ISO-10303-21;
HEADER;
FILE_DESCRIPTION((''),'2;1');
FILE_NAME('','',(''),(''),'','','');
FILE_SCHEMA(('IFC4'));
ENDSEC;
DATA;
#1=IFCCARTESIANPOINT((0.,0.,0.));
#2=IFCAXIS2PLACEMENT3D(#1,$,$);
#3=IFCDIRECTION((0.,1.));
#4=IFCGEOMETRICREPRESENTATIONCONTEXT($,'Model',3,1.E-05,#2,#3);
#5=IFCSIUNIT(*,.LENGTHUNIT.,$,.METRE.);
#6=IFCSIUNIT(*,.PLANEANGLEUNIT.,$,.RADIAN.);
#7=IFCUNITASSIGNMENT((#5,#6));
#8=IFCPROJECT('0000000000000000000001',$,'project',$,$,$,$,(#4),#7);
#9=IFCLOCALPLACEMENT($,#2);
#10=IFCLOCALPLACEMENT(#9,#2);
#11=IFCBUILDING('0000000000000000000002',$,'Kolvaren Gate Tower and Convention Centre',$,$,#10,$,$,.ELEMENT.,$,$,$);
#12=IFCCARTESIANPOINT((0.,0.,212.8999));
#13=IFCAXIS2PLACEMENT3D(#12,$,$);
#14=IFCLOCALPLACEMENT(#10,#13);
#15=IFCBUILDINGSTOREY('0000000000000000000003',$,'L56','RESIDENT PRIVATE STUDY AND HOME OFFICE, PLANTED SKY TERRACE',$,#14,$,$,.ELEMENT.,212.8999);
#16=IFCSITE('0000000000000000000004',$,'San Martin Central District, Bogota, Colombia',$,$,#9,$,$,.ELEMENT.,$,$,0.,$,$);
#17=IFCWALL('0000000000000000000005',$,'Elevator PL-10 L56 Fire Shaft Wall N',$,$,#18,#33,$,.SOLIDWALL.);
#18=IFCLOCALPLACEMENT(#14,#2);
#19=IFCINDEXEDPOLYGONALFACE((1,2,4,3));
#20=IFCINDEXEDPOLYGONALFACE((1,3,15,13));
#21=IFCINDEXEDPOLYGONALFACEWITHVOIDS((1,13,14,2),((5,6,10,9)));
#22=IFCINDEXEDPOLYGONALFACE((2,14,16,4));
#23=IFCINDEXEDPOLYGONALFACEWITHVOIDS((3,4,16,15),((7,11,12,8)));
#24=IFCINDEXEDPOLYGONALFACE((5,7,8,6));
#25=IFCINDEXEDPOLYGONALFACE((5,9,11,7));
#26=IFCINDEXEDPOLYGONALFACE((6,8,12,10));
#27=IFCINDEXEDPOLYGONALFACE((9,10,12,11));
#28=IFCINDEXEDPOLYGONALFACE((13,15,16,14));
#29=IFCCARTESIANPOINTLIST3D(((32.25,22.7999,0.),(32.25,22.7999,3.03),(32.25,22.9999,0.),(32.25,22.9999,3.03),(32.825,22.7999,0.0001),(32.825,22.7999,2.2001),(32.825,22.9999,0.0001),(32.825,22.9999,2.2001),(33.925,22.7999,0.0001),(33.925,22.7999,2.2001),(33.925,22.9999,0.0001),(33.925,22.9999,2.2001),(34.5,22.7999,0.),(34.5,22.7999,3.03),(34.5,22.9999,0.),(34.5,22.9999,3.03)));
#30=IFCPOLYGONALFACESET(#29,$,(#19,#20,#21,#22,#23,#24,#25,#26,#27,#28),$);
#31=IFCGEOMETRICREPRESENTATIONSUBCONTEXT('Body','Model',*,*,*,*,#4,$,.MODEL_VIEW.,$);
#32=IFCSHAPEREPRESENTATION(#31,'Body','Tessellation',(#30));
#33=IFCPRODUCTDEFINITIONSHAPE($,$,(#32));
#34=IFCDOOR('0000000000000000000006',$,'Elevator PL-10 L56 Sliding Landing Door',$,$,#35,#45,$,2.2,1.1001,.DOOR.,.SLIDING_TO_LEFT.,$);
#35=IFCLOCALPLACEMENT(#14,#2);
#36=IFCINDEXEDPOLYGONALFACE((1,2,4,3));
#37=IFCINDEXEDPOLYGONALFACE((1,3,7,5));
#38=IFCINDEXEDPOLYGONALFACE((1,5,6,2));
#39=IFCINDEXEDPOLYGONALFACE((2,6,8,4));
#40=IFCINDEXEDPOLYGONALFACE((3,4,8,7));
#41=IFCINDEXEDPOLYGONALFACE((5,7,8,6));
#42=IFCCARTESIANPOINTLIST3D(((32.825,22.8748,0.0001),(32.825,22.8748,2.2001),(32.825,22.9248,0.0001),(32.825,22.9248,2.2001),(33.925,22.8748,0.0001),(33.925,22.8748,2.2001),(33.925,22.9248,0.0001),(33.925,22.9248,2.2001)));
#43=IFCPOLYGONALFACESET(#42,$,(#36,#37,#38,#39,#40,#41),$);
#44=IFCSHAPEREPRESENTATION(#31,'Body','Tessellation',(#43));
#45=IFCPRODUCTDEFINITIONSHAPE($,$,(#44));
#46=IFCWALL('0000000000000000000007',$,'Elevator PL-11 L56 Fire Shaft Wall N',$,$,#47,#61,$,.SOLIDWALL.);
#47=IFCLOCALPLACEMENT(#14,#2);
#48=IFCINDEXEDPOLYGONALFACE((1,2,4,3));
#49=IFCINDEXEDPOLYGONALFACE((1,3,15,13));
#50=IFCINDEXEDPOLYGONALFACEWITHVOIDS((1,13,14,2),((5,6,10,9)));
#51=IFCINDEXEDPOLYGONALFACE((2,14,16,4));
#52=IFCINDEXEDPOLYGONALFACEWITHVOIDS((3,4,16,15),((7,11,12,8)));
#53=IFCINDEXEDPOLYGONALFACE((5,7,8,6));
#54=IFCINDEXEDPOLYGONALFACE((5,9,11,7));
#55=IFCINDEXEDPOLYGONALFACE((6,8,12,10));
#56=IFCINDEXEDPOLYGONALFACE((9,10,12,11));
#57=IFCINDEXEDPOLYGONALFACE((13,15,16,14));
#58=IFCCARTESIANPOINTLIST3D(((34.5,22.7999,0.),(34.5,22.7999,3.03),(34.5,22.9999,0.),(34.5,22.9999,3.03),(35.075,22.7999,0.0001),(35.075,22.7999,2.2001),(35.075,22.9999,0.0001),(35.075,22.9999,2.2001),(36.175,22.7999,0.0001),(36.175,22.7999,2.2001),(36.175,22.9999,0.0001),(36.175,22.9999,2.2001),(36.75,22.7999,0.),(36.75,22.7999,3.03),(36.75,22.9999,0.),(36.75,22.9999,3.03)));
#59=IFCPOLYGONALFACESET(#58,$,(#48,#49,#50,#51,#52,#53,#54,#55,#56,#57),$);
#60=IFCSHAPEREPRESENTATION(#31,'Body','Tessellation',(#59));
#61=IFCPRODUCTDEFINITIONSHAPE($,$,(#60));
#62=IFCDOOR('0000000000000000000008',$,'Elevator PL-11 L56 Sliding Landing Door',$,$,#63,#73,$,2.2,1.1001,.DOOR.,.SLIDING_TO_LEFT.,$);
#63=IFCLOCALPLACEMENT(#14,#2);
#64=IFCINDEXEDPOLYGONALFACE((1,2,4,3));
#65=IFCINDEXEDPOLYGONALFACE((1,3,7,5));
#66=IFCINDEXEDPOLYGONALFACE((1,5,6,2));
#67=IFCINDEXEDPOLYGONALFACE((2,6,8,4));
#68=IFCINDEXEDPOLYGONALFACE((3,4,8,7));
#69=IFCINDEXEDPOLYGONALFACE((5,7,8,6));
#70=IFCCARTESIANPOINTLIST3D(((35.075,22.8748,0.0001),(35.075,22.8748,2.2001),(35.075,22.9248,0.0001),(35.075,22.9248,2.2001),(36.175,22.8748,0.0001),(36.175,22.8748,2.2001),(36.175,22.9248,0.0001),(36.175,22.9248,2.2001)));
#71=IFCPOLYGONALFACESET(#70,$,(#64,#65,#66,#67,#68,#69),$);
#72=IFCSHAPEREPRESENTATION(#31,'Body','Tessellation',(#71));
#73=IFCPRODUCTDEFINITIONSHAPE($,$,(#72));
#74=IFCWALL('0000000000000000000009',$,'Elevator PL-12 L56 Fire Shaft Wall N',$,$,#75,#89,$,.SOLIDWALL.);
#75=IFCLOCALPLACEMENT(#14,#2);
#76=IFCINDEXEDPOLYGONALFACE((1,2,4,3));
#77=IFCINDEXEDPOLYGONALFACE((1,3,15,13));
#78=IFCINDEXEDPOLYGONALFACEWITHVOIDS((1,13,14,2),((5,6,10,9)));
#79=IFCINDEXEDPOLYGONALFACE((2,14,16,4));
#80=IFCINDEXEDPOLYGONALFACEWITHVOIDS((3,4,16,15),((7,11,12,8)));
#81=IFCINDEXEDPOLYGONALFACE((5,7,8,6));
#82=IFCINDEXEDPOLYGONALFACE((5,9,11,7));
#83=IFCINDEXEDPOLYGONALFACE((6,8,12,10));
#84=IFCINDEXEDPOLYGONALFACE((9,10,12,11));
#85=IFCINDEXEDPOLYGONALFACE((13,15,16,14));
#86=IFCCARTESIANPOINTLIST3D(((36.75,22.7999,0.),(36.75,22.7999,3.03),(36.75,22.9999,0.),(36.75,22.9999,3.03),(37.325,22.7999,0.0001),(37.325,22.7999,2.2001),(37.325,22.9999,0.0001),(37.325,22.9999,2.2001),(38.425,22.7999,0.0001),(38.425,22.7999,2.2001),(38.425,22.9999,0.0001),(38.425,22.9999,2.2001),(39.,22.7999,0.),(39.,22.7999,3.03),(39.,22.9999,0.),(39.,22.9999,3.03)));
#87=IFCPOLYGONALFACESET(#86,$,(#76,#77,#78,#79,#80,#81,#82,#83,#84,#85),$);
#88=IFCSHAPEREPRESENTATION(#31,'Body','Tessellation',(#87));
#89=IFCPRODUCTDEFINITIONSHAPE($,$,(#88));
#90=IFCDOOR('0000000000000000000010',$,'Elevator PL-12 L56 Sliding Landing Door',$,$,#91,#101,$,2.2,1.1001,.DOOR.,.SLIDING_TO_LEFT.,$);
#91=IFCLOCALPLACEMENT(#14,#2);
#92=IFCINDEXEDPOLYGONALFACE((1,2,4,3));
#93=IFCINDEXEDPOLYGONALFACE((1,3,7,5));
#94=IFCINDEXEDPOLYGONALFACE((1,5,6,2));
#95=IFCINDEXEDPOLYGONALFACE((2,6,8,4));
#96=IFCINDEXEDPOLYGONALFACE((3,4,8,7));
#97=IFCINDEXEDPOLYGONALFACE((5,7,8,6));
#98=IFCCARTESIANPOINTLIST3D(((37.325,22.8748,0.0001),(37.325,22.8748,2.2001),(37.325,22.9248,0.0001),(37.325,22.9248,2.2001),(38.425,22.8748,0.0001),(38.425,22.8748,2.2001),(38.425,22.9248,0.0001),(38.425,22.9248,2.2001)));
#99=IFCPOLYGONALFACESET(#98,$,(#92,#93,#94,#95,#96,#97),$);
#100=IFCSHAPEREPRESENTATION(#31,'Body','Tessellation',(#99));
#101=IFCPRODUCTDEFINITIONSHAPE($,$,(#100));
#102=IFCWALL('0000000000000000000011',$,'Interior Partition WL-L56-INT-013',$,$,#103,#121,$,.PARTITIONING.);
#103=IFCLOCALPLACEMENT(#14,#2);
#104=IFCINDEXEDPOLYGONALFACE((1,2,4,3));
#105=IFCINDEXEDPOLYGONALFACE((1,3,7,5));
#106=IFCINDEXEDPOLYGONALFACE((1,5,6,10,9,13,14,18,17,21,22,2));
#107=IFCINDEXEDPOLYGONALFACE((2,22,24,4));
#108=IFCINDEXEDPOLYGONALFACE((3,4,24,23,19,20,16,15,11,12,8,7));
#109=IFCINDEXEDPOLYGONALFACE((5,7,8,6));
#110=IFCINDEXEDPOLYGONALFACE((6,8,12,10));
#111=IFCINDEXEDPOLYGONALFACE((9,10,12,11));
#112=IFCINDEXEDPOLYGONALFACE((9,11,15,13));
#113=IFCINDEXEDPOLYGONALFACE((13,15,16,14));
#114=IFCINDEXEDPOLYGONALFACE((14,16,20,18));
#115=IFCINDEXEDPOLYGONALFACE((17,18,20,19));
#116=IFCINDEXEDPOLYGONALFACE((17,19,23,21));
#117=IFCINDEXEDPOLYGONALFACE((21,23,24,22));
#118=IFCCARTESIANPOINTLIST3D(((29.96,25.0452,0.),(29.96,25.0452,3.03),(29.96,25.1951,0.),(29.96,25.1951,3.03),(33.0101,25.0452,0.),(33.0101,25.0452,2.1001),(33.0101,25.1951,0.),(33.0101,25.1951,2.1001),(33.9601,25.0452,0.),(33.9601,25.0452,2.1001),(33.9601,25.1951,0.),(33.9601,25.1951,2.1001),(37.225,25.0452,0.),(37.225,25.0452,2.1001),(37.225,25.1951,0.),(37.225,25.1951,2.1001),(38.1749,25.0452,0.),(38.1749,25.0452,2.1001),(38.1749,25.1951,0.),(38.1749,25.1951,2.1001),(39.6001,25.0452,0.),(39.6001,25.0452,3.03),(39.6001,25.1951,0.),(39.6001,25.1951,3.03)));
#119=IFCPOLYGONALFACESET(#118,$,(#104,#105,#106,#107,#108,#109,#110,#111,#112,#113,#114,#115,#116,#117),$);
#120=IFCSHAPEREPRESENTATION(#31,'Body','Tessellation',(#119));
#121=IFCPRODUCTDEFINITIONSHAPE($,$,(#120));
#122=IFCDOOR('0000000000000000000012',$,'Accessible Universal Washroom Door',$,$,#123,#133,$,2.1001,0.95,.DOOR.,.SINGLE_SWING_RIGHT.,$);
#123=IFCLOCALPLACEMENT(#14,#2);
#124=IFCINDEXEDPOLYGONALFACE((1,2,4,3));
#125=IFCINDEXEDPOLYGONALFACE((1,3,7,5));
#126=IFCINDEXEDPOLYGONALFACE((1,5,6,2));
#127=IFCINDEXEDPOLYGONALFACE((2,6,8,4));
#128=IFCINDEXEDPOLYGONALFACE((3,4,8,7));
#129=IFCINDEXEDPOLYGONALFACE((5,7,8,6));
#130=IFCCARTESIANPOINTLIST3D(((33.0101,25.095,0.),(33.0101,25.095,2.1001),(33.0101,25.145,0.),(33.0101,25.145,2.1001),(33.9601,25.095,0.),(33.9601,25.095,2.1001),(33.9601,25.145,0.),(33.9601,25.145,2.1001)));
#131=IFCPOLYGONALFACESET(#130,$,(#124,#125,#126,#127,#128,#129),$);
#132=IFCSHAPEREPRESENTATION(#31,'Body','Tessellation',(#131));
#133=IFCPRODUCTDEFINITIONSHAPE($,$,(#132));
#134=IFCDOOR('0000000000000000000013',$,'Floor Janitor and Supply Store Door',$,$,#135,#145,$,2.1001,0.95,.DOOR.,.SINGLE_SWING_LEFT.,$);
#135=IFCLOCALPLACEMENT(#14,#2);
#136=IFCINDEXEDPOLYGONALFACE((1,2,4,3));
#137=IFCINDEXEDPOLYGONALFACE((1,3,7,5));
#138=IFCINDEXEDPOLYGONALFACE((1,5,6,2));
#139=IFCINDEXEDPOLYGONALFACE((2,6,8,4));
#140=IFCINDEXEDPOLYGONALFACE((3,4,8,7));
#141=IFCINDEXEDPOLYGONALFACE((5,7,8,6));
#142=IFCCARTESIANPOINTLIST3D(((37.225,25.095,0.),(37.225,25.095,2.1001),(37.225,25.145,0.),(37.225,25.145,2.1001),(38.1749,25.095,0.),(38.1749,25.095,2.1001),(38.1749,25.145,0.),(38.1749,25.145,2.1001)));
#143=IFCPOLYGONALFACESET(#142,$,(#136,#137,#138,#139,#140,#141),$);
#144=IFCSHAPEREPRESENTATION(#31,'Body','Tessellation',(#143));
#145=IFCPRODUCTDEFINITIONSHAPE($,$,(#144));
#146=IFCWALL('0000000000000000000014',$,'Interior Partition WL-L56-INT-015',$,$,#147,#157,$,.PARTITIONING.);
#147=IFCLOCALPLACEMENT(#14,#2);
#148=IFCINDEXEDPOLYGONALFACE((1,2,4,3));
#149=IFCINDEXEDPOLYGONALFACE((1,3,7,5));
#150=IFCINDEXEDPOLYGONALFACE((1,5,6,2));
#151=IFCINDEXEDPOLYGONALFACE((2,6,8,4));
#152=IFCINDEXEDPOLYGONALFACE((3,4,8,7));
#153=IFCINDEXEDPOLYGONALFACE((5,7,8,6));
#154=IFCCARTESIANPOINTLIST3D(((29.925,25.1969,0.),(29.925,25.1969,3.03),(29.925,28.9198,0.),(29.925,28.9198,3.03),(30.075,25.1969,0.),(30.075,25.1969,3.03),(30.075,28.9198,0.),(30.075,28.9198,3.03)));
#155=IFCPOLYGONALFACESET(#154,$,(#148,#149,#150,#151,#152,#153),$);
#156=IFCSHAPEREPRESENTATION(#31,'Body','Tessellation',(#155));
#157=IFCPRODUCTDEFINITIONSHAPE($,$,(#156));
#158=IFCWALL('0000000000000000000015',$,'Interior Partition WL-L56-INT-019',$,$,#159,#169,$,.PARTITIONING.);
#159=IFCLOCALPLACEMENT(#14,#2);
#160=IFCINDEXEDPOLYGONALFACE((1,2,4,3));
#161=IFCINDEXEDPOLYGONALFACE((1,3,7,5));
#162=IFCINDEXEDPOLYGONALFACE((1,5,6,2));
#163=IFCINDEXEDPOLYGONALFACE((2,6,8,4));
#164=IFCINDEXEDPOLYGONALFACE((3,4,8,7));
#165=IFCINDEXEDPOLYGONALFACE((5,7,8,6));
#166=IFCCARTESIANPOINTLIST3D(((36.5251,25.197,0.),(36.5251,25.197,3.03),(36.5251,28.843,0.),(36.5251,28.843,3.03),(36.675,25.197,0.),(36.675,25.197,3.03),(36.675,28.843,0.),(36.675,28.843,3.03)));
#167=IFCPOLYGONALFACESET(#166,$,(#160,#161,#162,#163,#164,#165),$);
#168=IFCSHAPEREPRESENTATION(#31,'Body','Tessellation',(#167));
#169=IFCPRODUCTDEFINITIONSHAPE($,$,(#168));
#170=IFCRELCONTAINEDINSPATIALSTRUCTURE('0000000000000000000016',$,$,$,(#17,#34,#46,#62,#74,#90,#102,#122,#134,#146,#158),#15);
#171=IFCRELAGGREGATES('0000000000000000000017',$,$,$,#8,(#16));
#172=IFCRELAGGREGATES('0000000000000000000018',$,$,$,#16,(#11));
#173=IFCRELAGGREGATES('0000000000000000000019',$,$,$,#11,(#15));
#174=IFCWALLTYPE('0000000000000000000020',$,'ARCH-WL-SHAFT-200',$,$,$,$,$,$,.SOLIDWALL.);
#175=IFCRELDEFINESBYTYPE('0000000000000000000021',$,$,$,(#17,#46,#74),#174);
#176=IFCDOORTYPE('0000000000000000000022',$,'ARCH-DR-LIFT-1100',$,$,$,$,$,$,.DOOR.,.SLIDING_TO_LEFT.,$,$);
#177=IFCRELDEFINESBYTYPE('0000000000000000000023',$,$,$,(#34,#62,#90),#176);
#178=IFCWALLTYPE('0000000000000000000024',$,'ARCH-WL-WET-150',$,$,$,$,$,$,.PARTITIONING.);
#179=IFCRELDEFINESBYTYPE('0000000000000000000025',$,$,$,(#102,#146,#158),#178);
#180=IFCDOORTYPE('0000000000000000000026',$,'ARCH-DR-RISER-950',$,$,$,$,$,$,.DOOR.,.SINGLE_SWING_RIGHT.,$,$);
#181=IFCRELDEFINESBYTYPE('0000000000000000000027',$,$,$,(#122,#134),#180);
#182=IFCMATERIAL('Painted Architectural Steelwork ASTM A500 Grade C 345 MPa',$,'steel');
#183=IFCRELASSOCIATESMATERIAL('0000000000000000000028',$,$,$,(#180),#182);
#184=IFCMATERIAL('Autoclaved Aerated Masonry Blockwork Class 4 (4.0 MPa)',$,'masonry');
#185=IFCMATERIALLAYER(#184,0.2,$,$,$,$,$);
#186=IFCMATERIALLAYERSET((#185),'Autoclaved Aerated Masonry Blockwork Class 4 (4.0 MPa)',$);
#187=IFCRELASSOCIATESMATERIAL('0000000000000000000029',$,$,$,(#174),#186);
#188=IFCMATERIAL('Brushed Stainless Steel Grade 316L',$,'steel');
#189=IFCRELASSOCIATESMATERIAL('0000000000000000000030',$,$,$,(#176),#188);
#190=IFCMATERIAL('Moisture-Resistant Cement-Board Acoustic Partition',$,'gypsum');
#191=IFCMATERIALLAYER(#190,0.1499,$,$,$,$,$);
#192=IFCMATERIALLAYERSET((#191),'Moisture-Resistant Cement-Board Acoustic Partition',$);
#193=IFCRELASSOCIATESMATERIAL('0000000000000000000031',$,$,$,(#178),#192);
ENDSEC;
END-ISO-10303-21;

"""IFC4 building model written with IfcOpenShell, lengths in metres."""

from ifc_helpers import new_model, si_unit, direction, frame, frame_2d, origin, place, context, subcontext, project, spatial, rectangle, extrude, material, layer, layer_set, type_object, element, fill, save


model = new_model("IFC4")

# Units and contexts
model_context = context("Model", 3, precision=1e-05, world=origin(), true_north=direction((0.0, 1.0)))
body_context = subcontext(model_context, "Body", "Model", "MODEL_VIEW")
ifc_project = project(units=[si_unit("LENGTHUNIT", "METRE"), si_unit("PLANEANGLEUNIT", "RADIAN")], contexts=[model_context])

# Site, building, storey
site_placement = place(None, origin())
site = spatial("IfcSite", under=ifc_project, at=site_placement, Name="San Martin Central District, Bogota, Colombia", CompositionType="ELEMENT", RefElevation=0.0)
building_placement = place(site_placement, origin())
building = spatial("IfcBuilding", under=site, at=building_placement, Name="Kolvaren Gate Tower and Convention Centre", CompositionType="ELEMENT")
storey_placement = place(building_placement, frame((0.0, 0.0, 212.8999)))
storey = spatial("IfcBuildingStorey", under=building, at=storey_placement, Name="L56", Description="RESIDENT PRIVATE STUDY AND HOME OFFICE, PLANTED SKY TERRACE", CompositionType="ELEMENT", Elevation=212.8999)

# Shared definitions
ifc_material_1 = material(Name="Autoclaved Aerated Masonry Blockwork Class 4 (4.0 MPa)", Category="masonry")

# Shared definitions
ifc_material_2 = material(Name="Painted Architectural Steelwork ASTM A500 Grade C 345 MPa", Category="steel")
door_type_1 = type_object("IfcDoorType", Name="ARCH-DR-RISER-950", OperationType="SINGLE_SWING_RIGHT", PredefinedType="DOOR", material=ifc_material_2)

# Walls, openings, doors
ifc_layer_1 = layer(ifc_material_1, 0.2)
ifc_layer_set_1 = layer_set([ifc_layer_1], Name="Autoclaved Aerated Masonry Blockwork Class 4 (4.0 MPa)")
wall_type_1 = type_object("IfcWallType", Name="ARCH-WL-SHAFT-200", PredefinedType="SOLIDWALL", material=ifc_layer_set_1)
ifc_material_3 = material(Name="Brushed Stainless Steel Grade 316L", Category="steel")
door_type_2 = type_object("IfcDoorType", Name="ARCH-DR-LIFT-1100", OperationType="SLIDING_TO_LEFT", PredefinedType="DOOR", material=ifc_material_3)
wall_1_placement = place(storey_placement, frame((32.25, 22.8999, 0.0), z_axis=(0.0, 0.0, 1.0), x_axis=(1.0, 0.0, 0.0)))
wall_1 = element("IfcWall", 1, at=wall_1_placement, inside=storey, type_object=wall_type_1, Name="Elevator PL-10 L56 Fire Shaft Wall N", PredefinedType="SOLIDWALL", context=body_context, shape_type="SweptSolid", body=[
    extrude(rectangle(XDim=2.25, YDim=0.2, at=frame_2d((1.125, 0.0))), origin(), (0.0, 0.0, 1.0), 3.03),
])
opening_1_placement = place(wall_1_placement, frame((0.575, 0.0, 0.0)))
opening_1 = element("IfcOpeningElement", 2, at=opening_1_placement, cuts=wall_1, PredefinedType="OPENING", context=body_context, shape_type="SweptSolid", body=[
    extrude(rectangle(XDim=1.1001, YDim=2.2, at=frame_2d((0.55, 1.1001))), frame((0.0, 0.1099, 0.0), z_axis=(0.0, -1.0, 0.0), x_axis=(1.0, 0.0, 0.0)), (0.0, 0.0, 1.0), 0.22),
])
door_1_placement = place(opening_1_placement, origin())
door_1 = element("IfcDoor", 3, at=door_1_placement, inside=storey, type_object=door_type_2, Name="Elevator PL-10 L56 Sliding Landing Door", OperationType="SLIDING_TO_LEFT", OverallHeight=2.2, OverallWidth=1.1001, PredefinedType="DOOR", context=body_context, shape_type="SweptSolid", body=[
    extrude(rectangle(XDim=1.1001, YDim=2.2, at=frame_2d((0.55, 1.1001))), frame((0.0, 0.0249, 0.0), z_axis=(0.0, -1.0, 0.0), x_axis=(1.0, 0.0, 0.0)), (0.0, 0.0, 1.0), 0.05),
])
fill(opening_1, door_1)
wall_2_placement = place(storey_placement, frame((34.5, 22.8999, 0.0), z_axis=(0.0, 0.0, 1.0), x_axis=(1.0, 0.0, 0.0)))
wall_2 = element("IfcWall", 4, at=wall_2_placement, inside=storey, type_object=wall_type_1, Name="Elevator PL-11 L56 Fire Shaft Wall N", PredefinedType="SOLIDWALL", context=body_context, shape_type="SweptSolid", body=[
    extrude(rectangle(XDim=2.25, YDim=0.2, at=frame_2d((1.125, 0.0))), origin(), (0.0, 0.0, 1.0), 3.03),
])
opening_2_placement = place(wall_2_placement, frame((0.575, 0.0, 0.0)))
opening_2 = element("IfcOpeningElement", 5, at=opening_2_placement, cuts=wall_2, PredefinedType="OPENING", context=body_context, shape_type="SweptSolid", body=[
    extrude(rectangle(XDim=1.1001, YDim=2.2, at=frame_2d((0.55, 1.1001))), frame((0.0, 0.1099, 0.0), z_axis=(0.0, -1.0, 0.0), x_axis=(1.0, 0.0, 0.0)), (0.0, 0.0, 1.0), 0.22),
])
door_2_placement = place(opening_2_placement, origin())
door_2 = element("IfcDoor", 6, at=door_2_placement, inside=storey, type_object=door_type_2, Name="Elevator PL-11 L56 Sliding Landing Door", OperationType="SLIDING_TO_LEFT", OverallHeight=2.2, OverallWidth=1.1001, PredefinedType="DOOR", context=body_context, shape_type="SweptSolid", body=[
    extrude(rectangle(XDim=1.1001, YDim=2.2, at=frame_2d((0.55, 1.1001))), frame((0.0, 0.0249, 0.0), z_axis=(0.0, -1.0, 0.0), x_axis=(1.0, 0.0, 0.0)), (0.0, 0.0, 1.0), 0.05),
])
fill(opening_2, door_2)
wall_3_placement = place(storey_placement, frame((36.75, 22.8999, 0.0), z_axis=(0.0, 0.0, 1.0), x_axis=(1.0, 0.0, 0.0)))
wall_3 = element("IfcWall", 7, at=wall_3_placement, inside=storey, type_object=wall_type_1, Name="Elevator PL-12 L56 Fire Shaft Wall N", PredefinedType="SOLIDWALL", context=body_context, shape_type="SweptSolid", body=[
    extrude(rectangle(XDim=2.25, YDim=0.2, at=frame_2d((1.125, 0.0))), origin(), (0.0, 0.0, 1.0), 3.03),
])
opening_3_placement = place(wall_3_placement, frame((0.575, 0.0, 0.0)))
opening_3 = element("IfcOpeningElement", 8, at=opening_3_placement, cuts=wall_3, PredefinedType="OPENING", context=body_context, shape_type="SweptSolid", body=[
    extrude(rectangle(XDim=1.1001, YDim=2.2, at=frame_2d((0.55, 1.1001))), frame((0.0, 0.1099, 0.0), z_axis=(0.0, -1.0, 0.0), x_axis=(1.0, 0.0, 0.0)), (0.0, 0.0, 1.0), 0.22),
])
door_3_placement = place(opening_3_placement, origin())
door_3 = element("IfcDoor", 9, at=door_3_placement, inside=storey, type_object=door_type_2, Name="Elevator PL-12 L56 Sliding Landing Door", OperationType="SLIDING_TO_LEFT", OverallHeight=2.2, OverallWidth=1.1001, PredefinedType="DOOR", context=body_context, shape_type="SweptSolid", body=[
    extrude(rectangle(XDim=1.1001, YDim=2.2, at=frame_2d((0.55, 1.1001))), frame((0.0, 0.0249, 0.0), z_axis=(0.0, -1.0, 0.0), x_axis=(1.0, 0.0, 0.0)), (0.0, 0.0, 1.0), 0.05),
])
fill(opening_3, door_3)

# Wall, openings, doors
ifc_material_4 = material(Name="Moisture-Resistant Cement-Board Acoustic Partition", Category="gypsum")
ifc_layer_2 = layer(ifc_material_4, 0.1499)
ifc_layer_set_2 = layer_set([ifc_layer_2], Name="Moisture-Resistant Cement-Board Acoustic Partition")
wall_type_2 = type_object("IfcWallType", Name="ARCH-WL-WET-150", PredefinedType="PARTITIONING", material=ifc_layer_set_2)
wall_4_placement = place(storey_placement, frame((29.96, 25.1201, 0.0), z_axis=(0.0, 0.0, 1.0), x_axis=(1.0, 0.0, 0.0)))
wall_4 = element("IfcWall", 10, at=wall_4_placement, inside=storey, type_object=wall_type_2, Name="Interior Partition WL-L56-INT-013", PredefinedType="PARTITIONING", context=body_context, shape_type="SweptSolid", body=[
    extrude(rectangle(XDim=9.6401, YDim=0.1499, at=frame_2d((4.8201, 0.0))), origin(), (0.0, 0.0, 1.0), 3.03),
])
opening_4_placement = place(wall_4_placement, frame((3.05, 0.0, 0.0)))
opening_4 = element("IfcOpeningElement", 11, at=opening_4_placement, cuts=wall_4, PredefinedType="OPENING", context=body_context, shape_type="SweptSolid", body=[
    extrude(rectangle(XDim=0.95, YDim=2.1001, at=frame_2d((0.4751, 1.05))), frame((0.0, 0.085, 0.0), z_axis=(0.0, -1.0, 0.0), x_axis=(1.0, 0.0, 0.0)), (0.0, 0.0, 1.0), 0.1699),
])
opening_5_placement = place(wall_4_placement, frame((7.2649, 0.0, 0.0)))
opening_5 = element("IfcOpeningElement", 12, at=opening_5_placement, cuts=wall_4, PredefinedType="OPENING", context=body_context, shape_type="SweptSolid", body=[
    extrude(rectangle(XDim=0.95, YDim=2.1001, at=frame_2d((0.4751, 1.05))), frame((0.0, 0.085, 0.0), z_axis=(0.0, -1.0, 0.0), x_axis=(1.0, 0.0, 0.0)), (0.0, 0.0, 1.0), 0.1699),
])
door_4_placement = place(opening_4_placement, origin())
door_4 = element("IfcDoor", 13, at=door_4_placement, inside=storey, type_object=door_type_1, Name="Accessible Universal Washroom Door", OperationType="SINGLE_SWING_RIGHT", OverallHeight=2.1001, OverallWidth=0.95, PredefinedType="DOOR", context=body_context, shape_type="SweptSolid", body=[
    extrude(rectangle(XDim=0.95, YDim=2.1001, at=frame_2d((0.4751, 1.05))), frame((0.0, 0.0249, 0.0), z_axis=(0.0, -1.0, 0.0), x_axis=(1.0, 0.0, 0.0)), (0.0, 0.0, 1.0), 0.05),
])
fill(opening_4, door_4)
door_5_placement = place(opening_5_placement, origin())
door_5 = element("IfcDoor", 14, at=door_5_placement, inside=storey, type_object=door_type_1, Name="Floor Janitor and Supply Store Door", OperationType="SINGLE_SWING_LEFT", OverallHeight=2.1001, OverallWidth=0.95, PredefinedType="DOOR", context=body_context, shape_type="SweptSolid", body=[
    extrude(rectangle(XDim=0.95, YDim=2.1001, at=frame_2d((0.4751, 1.05))), frame((0.0, 0.0249, 0.0), z_axis=(0.0, -1.0, 0.0), x_axis=(1.0, 0.0, 0.0)), (0.0, 0.0, 1.0), 0.05),
])
fill(opening_5, door_5)

# Walls
wall_5_placement = place(storey_placement, frame((30.0, 25.197, 0.0), z_axis=(0.0, 0.0, 1.0), x_axis=(0.0, 1.0, 0.0)))
element("IfcWall", 15, at=wall_5_placement, inside=storey, type_object=wall_type_2, Name="Interior Partition WL-L56-INT-015", PredefinedType="PARTITIONING", context=body_context, shape_type="SweptSolid", body=[
    extrude(rectangle(XDim=3.7229, YDim=0.1499, at=frame_2d((1.8613, 0.0))), origin(), (0.0, 0.0, 1.0), 3.03),
])
wall_6_placement = place(storey_placement, frame((36.6001, 25.197, 0.0), z_axis=(0.0, 0.0, 1.0), x_axis=(0.0, 1.0, 0.0)))
element("IfcWall", 16, at=wall_6_placement, inside=storey, type_object=wall_type_2, Name="Interior Partition WL-L56-INT-019", PredefinedType="PARTITIONING", context=body_context, shape_type="SweptSolid", body=[
    extrude(rectangle(XDim=3.646, YDim=0.1499, at=frame_2d((1.823, 0.0))), origin(), (0.0, 0.0, 1.0), 3.03),
])

save(model, "model.ifc")
